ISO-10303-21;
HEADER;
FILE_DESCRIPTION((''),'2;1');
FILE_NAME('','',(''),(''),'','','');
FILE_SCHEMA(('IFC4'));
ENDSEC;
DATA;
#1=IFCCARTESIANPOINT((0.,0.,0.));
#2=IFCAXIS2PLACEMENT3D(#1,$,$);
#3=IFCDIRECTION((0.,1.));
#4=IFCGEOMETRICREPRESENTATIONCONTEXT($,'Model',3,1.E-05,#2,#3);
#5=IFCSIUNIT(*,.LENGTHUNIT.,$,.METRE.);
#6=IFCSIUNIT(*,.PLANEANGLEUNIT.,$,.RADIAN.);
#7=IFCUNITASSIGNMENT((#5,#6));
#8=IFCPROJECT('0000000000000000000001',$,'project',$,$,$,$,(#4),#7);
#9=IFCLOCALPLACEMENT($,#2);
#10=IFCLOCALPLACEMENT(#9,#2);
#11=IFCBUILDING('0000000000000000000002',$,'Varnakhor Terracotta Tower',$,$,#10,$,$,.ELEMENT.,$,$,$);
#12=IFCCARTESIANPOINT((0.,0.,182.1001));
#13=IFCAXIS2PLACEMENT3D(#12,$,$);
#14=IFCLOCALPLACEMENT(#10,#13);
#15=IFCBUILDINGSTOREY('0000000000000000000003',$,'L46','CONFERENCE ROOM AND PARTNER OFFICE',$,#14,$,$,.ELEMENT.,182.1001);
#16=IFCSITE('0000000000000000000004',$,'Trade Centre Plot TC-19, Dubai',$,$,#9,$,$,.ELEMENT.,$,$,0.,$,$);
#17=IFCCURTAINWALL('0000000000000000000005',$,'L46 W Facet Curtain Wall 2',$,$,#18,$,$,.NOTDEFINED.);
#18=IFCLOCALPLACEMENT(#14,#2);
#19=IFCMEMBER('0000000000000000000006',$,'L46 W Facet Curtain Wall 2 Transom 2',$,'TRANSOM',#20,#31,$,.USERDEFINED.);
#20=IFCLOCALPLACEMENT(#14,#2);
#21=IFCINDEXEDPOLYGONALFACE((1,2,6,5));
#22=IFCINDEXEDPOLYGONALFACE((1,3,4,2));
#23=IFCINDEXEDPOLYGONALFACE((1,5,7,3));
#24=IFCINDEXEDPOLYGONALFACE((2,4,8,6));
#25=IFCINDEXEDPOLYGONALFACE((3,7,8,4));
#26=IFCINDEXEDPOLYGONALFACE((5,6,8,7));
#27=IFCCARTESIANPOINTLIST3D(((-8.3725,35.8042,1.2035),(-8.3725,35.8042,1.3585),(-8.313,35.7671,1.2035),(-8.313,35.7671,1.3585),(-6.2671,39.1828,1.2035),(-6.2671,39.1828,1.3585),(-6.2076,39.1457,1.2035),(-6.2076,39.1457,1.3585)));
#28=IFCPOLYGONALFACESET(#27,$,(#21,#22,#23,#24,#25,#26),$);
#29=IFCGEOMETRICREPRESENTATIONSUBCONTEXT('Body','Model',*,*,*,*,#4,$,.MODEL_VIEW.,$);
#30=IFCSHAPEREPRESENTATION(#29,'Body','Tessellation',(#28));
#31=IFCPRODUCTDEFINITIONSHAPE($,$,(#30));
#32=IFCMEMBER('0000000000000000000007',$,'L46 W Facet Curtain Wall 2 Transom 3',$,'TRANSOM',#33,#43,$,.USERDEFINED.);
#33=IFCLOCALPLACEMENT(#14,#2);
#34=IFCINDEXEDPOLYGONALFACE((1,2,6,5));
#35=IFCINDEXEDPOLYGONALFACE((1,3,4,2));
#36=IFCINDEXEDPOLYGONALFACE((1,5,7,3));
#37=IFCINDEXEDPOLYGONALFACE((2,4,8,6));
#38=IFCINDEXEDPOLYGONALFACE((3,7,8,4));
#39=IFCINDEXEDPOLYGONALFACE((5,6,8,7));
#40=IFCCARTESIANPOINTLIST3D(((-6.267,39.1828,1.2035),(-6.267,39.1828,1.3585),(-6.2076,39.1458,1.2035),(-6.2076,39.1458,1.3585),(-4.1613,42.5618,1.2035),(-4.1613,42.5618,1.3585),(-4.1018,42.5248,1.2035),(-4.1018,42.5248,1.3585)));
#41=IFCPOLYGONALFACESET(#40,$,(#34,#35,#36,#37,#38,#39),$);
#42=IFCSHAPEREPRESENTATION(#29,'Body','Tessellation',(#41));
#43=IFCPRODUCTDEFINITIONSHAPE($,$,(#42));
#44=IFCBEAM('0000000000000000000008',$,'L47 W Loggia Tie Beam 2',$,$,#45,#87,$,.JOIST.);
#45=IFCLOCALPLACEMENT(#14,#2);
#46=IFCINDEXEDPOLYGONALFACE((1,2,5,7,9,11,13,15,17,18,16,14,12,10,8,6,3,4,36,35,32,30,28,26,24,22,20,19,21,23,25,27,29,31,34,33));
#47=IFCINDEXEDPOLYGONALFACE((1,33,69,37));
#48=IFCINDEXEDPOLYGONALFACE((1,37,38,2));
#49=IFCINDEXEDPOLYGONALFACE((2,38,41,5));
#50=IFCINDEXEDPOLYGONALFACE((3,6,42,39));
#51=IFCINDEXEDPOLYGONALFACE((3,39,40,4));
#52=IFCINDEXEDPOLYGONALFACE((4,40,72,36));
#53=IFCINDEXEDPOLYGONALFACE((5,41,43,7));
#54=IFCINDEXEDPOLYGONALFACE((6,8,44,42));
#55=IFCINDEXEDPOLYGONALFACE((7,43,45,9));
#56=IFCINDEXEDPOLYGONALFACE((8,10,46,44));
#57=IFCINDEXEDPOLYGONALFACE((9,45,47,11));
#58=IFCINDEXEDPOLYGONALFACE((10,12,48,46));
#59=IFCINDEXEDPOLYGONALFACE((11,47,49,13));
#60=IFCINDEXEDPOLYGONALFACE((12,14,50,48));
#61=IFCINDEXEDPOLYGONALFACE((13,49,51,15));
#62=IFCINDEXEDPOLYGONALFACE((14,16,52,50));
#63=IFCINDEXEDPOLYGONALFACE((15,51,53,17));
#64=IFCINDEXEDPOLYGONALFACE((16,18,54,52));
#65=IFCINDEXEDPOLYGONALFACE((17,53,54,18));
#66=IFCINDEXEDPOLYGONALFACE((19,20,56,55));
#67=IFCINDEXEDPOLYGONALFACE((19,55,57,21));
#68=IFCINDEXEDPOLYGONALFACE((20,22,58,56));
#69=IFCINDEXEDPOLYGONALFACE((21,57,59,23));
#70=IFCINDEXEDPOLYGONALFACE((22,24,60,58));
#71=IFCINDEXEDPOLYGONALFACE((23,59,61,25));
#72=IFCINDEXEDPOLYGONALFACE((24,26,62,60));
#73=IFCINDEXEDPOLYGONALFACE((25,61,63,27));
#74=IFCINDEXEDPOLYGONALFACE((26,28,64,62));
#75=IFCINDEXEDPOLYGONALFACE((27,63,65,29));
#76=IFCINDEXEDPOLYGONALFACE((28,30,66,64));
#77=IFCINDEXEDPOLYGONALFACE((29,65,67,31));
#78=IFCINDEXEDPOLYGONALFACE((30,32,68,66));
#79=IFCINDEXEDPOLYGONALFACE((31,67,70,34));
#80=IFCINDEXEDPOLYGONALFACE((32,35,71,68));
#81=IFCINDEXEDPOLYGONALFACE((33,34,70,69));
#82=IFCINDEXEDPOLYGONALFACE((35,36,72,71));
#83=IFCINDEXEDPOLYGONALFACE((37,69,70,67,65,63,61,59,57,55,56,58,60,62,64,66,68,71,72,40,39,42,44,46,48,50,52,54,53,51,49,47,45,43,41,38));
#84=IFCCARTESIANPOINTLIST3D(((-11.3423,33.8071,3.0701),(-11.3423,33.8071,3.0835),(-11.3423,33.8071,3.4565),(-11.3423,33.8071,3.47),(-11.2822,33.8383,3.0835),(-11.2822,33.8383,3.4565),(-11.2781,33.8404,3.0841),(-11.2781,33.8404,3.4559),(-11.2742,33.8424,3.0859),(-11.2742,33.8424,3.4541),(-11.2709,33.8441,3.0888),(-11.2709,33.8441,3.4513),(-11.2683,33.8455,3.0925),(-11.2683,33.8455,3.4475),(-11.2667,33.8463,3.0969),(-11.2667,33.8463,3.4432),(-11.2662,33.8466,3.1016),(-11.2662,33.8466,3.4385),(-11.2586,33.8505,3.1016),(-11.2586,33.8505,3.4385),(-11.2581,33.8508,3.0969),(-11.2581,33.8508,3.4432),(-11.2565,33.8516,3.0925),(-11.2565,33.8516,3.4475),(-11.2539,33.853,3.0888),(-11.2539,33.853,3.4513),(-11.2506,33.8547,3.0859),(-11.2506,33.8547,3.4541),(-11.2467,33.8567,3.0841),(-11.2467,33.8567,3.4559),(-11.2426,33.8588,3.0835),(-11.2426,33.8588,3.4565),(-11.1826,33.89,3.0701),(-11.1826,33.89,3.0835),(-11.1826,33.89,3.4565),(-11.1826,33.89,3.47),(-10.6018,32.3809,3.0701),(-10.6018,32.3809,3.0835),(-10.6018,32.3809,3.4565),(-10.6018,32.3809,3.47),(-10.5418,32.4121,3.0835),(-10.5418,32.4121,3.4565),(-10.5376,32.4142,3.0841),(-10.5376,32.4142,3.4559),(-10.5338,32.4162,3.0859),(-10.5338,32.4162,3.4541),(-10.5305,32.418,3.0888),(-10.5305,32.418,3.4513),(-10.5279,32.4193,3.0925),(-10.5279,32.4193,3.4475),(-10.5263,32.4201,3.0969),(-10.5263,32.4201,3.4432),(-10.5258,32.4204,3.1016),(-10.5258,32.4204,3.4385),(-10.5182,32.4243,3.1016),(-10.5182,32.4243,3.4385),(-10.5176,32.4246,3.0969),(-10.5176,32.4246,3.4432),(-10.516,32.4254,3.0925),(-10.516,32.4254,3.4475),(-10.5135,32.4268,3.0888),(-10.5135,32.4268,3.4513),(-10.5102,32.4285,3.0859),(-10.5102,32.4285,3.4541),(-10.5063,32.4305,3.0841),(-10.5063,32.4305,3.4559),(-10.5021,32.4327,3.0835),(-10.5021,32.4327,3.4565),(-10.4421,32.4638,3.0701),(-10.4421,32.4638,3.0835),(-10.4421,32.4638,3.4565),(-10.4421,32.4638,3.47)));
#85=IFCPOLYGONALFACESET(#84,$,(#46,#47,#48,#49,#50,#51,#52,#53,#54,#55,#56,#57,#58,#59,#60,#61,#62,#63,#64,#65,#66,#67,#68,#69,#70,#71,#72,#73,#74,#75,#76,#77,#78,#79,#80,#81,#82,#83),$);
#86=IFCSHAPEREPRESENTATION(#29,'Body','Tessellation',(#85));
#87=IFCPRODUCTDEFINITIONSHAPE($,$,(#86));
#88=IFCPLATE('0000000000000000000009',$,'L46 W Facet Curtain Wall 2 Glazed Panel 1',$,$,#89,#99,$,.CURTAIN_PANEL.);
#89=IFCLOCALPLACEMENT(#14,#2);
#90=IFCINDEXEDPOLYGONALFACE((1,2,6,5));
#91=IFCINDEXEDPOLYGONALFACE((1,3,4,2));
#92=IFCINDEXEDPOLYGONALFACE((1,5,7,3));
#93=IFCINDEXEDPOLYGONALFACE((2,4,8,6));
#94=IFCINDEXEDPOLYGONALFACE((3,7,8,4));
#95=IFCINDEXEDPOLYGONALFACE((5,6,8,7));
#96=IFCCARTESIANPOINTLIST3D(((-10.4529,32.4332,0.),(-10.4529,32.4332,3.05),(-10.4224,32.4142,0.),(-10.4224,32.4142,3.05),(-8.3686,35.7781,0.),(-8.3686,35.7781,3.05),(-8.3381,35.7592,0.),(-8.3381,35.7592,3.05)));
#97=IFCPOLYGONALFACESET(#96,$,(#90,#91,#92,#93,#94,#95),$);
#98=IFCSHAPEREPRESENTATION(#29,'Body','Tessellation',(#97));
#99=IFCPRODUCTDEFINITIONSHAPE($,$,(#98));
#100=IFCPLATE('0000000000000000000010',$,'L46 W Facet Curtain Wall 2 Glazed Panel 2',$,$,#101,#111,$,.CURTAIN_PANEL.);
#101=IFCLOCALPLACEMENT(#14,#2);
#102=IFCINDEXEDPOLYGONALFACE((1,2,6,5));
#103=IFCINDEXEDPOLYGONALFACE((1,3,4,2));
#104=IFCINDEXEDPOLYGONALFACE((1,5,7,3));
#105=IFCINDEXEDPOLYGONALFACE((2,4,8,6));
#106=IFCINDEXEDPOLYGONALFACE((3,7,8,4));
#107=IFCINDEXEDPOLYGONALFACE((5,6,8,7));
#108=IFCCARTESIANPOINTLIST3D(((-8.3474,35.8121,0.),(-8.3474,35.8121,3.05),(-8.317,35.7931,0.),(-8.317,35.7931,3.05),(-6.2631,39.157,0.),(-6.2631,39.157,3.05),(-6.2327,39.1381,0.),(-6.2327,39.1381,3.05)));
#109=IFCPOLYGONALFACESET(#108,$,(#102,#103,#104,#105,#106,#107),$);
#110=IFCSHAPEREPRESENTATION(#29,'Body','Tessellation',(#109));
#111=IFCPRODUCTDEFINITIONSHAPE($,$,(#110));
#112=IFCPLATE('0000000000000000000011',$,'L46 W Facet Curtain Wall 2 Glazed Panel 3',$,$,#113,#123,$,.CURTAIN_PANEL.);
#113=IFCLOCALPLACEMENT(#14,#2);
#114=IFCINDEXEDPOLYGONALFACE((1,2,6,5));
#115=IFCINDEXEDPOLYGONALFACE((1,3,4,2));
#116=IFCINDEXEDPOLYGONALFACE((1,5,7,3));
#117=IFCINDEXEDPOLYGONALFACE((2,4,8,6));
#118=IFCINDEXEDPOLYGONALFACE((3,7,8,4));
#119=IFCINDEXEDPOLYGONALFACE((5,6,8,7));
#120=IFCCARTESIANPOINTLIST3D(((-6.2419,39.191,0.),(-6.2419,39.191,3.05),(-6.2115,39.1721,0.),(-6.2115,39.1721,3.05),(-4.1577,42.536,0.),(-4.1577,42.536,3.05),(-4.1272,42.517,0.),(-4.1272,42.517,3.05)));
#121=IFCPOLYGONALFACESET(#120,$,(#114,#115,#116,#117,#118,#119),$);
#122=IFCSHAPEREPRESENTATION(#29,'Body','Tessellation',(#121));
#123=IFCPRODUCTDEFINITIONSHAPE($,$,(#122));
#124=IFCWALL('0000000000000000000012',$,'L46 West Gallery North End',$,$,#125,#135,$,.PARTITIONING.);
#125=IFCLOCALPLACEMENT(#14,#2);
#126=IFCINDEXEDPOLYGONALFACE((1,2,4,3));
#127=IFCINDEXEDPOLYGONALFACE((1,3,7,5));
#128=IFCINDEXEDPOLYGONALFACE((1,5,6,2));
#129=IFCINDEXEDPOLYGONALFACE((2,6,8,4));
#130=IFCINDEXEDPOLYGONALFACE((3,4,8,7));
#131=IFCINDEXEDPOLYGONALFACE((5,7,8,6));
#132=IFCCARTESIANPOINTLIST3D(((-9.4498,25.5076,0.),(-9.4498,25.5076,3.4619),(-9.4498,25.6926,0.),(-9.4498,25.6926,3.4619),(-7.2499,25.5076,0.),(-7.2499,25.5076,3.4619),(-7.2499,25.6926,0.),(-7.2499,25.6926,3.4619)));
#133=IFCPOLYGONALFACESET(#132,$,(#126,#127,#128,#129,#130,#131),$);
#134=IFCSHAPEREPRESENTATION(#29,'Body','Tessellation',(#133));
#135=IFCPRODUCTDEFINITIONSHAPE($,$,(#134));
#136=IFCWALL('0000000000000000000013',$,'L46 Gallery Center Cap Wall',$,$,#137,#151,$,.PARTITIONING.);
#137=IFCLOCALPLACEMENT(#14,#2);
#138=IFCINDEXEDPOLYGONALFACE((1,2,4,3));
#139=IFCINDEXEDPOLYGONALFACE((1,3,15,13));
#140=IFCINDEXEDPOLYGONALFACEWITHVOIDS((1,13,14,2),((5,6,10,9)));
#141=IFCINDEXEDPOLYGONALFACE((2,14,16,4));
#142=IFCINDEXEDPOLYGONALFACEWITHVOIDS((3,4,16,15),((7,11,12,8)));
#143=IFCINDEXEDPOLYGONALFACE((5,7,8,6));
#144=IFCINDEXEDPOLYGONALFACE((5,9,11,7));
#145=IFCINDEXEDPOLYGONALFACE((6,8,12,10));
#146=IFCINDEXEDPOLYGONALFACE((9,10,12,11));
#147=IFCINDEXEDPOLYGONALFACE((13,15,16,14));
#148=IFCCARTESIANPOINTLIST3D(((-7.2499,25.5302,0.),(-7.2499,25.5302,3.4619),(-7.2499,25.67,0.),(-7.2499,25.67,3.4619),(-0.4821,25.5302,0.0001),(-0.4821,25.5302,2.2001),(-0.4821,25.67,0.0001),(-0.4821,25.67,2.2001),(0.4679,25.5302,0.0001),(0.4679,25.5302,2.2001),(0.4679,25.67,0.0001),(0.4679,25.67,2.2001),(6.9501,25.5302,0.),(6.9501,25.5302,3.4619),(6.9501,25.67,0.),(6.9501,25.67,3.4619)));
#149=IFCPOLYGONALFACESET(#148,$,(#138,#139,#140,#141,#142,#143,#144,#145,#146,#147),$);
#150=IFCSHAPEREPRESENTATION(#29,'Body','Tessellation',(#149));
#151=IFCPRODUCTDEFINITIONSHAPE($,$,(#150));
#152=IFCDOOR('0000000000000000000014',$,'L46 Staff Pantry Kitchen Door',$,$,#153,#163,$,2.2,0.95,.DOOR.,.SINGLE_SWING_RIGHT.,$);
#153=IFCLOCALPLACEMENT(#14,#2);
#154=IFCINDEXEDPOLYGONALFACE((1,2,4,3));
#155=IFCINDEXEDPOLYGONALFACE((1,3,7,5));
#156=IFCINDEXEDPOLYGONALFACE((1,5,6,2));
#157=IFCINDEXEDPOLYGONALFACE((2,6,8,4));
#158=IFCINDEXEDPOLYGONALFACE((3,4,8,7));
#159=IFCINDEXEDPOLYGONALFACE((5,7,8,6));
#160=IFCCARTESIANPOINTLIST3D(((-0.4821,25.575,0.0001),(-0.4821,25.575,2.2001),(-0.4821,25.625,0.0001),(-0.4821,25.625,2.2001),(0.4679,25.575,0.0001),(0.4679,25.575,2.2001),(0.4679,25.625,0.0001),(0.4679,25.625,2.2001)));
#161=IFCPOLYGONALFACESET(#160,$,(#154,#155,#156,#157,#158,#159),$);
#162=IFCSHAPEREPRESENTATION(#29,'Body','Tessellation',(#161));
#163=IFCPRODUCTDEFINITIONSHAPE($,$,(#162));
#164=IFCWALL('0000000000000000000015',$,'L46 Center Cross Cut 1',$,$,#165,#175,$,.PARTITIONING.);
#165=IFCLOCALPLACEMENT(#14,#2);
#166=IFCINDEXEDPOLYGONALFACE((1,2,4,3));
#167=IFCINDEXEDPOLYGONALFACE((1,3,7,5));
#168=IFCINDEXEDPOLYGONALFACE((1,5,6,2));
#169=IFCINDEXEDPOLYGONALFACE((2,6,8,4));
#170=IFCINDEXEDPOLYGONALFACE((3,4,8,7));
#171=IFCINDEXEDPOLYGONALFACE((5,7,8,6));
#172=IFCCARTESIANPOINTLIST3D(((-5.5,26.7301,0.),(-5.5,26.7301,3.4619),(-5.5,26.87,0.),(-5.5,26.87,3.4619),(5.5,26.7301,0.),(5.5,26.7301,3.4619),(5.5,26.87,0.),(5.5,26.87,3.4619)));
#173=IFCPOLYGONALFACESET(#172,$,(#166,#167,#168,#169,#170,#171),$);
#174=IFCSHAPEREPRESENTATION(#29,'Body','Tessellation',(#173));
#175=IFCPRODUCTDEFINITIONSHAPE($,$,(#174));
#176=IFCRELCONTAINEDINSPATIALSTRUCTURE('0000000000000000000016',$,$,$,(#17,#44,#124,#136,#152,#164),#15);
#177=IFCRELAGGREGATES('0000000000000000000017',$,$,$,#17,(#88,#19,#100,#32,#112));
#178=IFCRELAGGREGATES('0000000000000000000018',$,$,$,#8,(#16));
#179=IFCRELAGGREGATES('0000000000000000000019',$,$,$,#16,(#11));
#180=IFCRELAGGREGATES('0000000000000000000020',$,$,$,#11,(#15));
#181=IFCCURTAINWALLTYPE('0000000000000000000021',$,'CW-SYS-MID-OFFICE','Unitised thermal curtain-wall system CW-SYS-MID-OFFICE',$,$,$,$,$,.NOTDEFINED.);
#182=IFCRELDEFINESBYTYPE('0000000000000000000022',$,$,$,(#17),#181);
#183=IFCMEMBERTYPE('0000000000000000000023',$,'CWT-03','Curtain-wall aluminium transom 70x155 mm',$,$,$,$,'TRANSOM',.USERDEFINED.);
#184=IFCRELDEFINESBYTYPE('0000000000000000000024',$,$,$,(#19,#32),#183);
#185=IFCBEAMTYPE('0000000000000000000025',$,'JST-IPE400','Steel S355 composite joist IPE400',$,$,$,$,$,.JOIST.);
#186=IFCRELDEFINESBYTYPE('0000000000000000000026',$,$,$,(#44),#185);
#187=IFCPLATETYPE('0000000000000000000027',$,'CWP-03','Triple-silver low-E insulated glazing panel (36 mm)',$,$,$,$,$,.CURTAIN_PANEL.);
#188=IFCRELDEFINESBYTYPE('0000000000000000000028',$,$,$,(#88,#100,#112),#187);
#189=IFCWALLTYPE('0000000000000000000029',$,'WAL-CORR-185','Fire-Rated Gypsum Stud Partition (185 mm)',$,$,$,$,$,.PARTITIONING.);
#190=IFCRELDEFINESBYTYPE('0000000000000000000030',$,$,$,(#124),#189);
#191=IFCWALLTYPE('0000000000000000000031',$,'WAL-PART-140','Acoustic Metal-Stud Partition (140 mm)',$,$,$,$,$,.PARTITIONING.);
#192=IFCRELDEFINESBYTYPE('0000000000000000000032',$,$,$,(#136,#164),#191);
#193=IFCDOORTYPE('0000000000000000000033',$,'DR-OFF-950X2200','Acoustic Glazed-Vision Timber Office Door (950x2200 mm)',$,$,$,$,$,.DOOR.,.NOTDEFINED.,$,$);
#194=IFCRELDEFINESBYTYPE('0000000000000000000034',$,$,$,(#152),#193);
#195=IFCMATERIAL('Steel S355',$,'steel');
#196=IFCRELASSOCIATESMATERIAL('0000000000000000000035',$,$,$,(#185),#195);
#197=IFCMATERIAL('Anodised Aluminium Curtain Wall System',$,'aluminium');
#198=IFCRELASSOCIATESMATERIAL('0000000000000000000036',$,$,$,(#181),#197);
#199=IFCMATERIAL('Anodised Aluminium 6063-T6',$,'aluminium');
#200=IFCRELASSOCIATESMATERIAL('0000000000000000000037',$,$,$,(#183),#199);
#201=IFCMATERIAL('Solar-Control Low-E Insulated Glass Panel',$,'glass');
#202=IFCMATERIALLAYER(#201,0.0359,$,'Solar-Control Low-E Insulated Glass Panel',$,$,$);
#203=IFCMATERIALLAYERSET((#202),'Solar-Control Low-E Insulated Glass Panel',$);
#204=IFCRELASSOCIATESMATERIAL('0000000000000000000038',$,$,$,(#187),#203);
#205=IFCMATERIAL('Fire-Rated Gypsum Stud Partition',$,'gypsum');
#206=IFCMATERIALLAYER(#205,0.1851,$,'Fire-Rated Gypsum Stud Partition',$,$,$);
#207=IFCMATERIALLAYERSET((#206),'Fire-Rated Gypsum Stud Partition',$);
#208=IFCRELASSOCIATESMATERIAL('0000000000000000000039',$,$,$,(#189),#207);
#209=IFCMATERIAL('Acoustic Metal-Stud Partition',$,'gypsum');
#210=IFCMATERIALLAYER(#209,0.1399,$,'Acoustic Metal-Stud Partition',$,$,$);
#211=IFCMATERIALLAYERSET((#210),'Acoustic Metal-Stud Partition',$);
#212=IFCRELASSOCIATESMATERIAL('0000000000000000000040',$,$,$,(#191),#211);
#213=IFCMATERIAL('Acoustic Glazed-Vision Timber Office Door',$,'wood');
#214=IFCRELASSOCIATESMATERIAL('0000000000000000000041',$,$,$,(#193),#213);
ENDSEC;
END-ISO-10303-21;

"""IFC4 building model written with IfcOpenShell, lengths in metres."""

from ifc_helpers import new_model, si_unit, direction, frame, frame_2d, origin, origin_2d, place, context, subcontext, project, spatial, rectangle, i_section, extrude, source, transform, mapped, material, layer, layer_set, material_profile, profile_set, type_object, type_shapes, element, fill, aggregate, save


model = new_model("IFC4")

# Units and contexts
model_context = context("Model", 3, precision=1e-05, world=origin(), true_north=direction((0.0, 1.0)))
body_context = subcontext(model_context, "Body", "Model", "MODEL_VIEW")
ifc_project = project(units=[si_unit("LENGTHUNIT", "METRE"), si_unit("PLANEANGLEUNIT", "RADIAN")], contexts=[model_context])

# Site, building, storey
site_placement = place(None, origin())
site = spatial("IfcSite", under=ifc_project, at=site_placement, Name="Trade Centre Plot TC-19, Dubai", CompositionType="ELEMENT", RefElevation=0.0)
building_placement = place(site_placement, origin())
building = spatial("IfcBuilding", under=site, at=building_placement, Name="Varnakhor Terracotta Tower", CompositionType="ELEMENT")
storey_placement = place(building_placement, frame((0.0, 0.0, 182.1001)))
storey = spatial("IfcBuildingStorey", under=building, at=storey_placement, Name="L46", Description="CONFERENCE ROOM AND PARTNER OFFICE", CompositionType="ELEMENT", Elevation=182.1001)

# Shared definitions
ifc_material_1 = material(Name="Steel S355", Category="steel")
ifc_material_profile_1 = material_profile(ifc_material_1, i_section(OverallWidth=0.1799, OverallDepth=0.3999, WebThickness=0.0085, FlangeThickness=0.0134, FilletRadius=0.0181, at=origin_2d()), Name="IPE400")
ifc_profile_set_1 = profile_set([ifc_material_profile_1], Name="Steel S355")
beam_type_1 = type_object("IfcBeamType", Name="JST-IPE400", Description="Steel S355 composite joist IPE400", PredefinedType="JOIST", material=ifc_profile_set_1)

# Curtain wall
ifc_material_2 = material(Name="Anodised Aluminium Curtain Wall System", Category="aluminium")
curtain_wall_type = type_object("IfcCurtainWallType", Name="CW-SYS-MID-OFFICE", Description="Unitised thermal curtain-wall system CW-SYS-MID-OFFICE", PredefinedType="NOTDEFINED", material=ifc_material_2)
curtain_wall_1_placement = place(storey_placement, origin())
curtain_wall_1 = element("IfcCurtainWall", 1, at=curtain_wall_1_placement, inside=storey, type_object=curtain_wall_type, Name="L46 W Facet Curtain Wall 2", PredefinedType="NOTDEFINED")
ifc_material_3 = material(Name="Anodised Aluminium 6063-T6", Category="aluminium")
ifc_material_profile_2 = material_profile(ifc_material_3, rectangle(XDim=0.0701, YDim=0.155, at=origin_2d()), Name="ALU TRANSOM 70x155")
ifc_profile_set_2 = profile_set([ifc_material_profile_2], Name="Anodised Aluminium 6063-T6")
member_type_1 = type_object("IfcMemberType", Name="CWT-03", Description="Curtain-wall aluminium transom 70x155 mm", ElementType="TRANSOM", PredefinedType="USERDEFINED", material=ifc_profile_set_2)

# Members
shared_shape_1 = source(origin(), body_context, "Body", "SweptSolid", [
    extrude(rectangle(XDim=0.0701, YDim=0.155, at=origin_2d()), origin(), (0.0, 0.0, 1.0), 3.981),
])
member_1_placement = place(storey_placement, frame((-8.3428, 35.7856, 1.281), z_axis=(0.528879, 0.848697, 0.0), x_axis=(-0.848697, 0.528879, 0.0)))
member_1 = element("IfcMember", 2, at=member_1_placement, type_object=member_type_1, Name="L46 W Facet Curtain Wall 2 Transom 2", ObjectType="TRANSOM", PredefinedType="USERDEFINED", context=body_context, shape_type="MappedRepresentation", body=[
    mapped(shared_shape_1, transform((0.0, 0.0, 0.0), scale=1.0)),
])
shared_shape_2 = source(origin(), body_context, "Body", "SweptSolid", [
    extrude(rectangle(XDim=0.0701, YDim=0.155, at=origin_2d()), origin(), (0.0, 0.0, 1.0), 3.9814),
])
member_2_placement = place(storey_placement, frame((-6.2373, 39.1643, 1.281), z_axis=(0.528896, 0.848687, 0.0), x_axis=(-0.848687, 0.528896, 0.0)))
member_2 = element("IfcMember", 3, at=member_2_placement, type_object=member_type_1, Name="L46 W Facet Curtain Wall 2 Transom 3", ObjectType="TRANSOM", PredefinedType="USERDEFINED", context=body_context, shape_type="MappedRepresentation", body=[
    mapped(shared_shape_2, transform((0.0, 0.0, 0.0), scale=1.0)),
])

# Beam
shared_shape_3 = source(origin(), body_context, "Body", "SweptSolid", [
    extrude(i_section(OverallWidth=0.1799, OverallDepth=0.3999, WebThickness=0.0085, FlangeThickness=0.0134, FilletRadius=0.0181, at=origin_2d()), origin(), (0.0, 0.0, 1.0), 1.6069),
])
beam_1_placement = place(storey_placement, frame((-10.522, 32.4224, 3.27), z_axis=(-0.460774, 0.887518, 0.0), x_axis=(-0.887518, -0.460774, 0.0)))
element("IfcBeam", 4, at=beam_1_placement, inside=storey, type_object=beam_type_1, Name="L47 W Loggia Tie Beam 2", PredefinedType="JOIST", context=body_context, shape_type="MappedRepresentation", body=[
    mapped(shared_shape_3, transform((0.0, 0.0, 0.0), scale=1.0)),
])

# Plates
ifc_material_4 = material(Name="Solar-Control Low-E Insulated Glass Panel", Category="glass")
ifc_layer_1 = layer(ifc_material_4, 0.0359, Name="Solar-Control Low-E Insulated Glass Panel")
ifc_layer_set_1 = layer_set([ifc_layer_1], Name="Solar-Control Low-E Insulated Glass Panel")
plate_type = type_object("IfcPlateType", Name="CWP-03", Description="Triple-silver low-E insulated glazing panel (36 mm)", PredefinedType="CURTAIN_PANEL", material=ifc_layer_set_1)
shared_shape_4 = source(origin(), body_context, "Body", "SweptSolid", [
    extrude(rectangle(XDim=3.9412, YDim=0.0359, at=origin_2d()), origin(), (0.0, 0.0, 1.0), 3.05),
])
plate_1_placement = place(storey_placement, frame((-9.3955, 34.0962, 0.0), z_axis=(0.0, 0.0, 1.0), x_axis=(0.528853, 0.848713, 0.0)))
plate_1 = element("IfcPlate", 5, at=plate_1_placement, type_object=plate_type, Name="L46 W Facet Curtain Wall 2 Glazed Panel 1", PredefinedType="CURTAIN_PANEL", context=body_context, shape_type="MappedRepresentation", body=[
    mapped(shared_shape_4, transform((0.0, 0.0, 0.0), scale=1.0)),
])
plate_2_placement = place(storey_placement, frame((-7.29, 37.4751, 0.0), z_axis=(0.0, 0.0, 1.0), x_axis=(0.528853, 0.848713, 0.0)))
plate_2 = element("IfcPlate", 6, at=plate_2_placement, type_object=plate_type, Name="L46 W Facet Curtain Wall 2 Glazed Panel 2", PredefinedType="CURTAIN_PANEL", context=body_context, shape_type="MappedRepresentation", body=[
    mapped(shared_shape_4, transform((0.0, 0.0, 0.0), scale=1.0)),
])
plate_3_placement = place(storey_placement, frame((-5.1846, 40.854, 0.0), z_axis=(0.0, 0.0, 1.0), x_axis=(0.528853, 0.848713, 0.0)))
plate_3 = element("IfcPlate", 7, at=plate_3_placement, type_object=plate_type, Name="L46 W Facet Curtain Wall 2 Glazed Panel 3", PredefinedType="CURTAIN_PANEL", context=body_context, shape_type="MappedRepresentation", body=[
    mapped(shared_shape_4, transform((0.0, 0.0, 0.0), scale=1.0)),
])
aggregate(curtain_wall_1, [plate_1, member_1, plate_2, member_2, plate_3])

# Wall
ifc_material_5 = material(Name="Fire-Rated Gypsum Stud Partition", Category="gypsum")
ifc_layer_2 = layer(ifc_material_5, 0.1851, Name="Fire-Rated Gypsum Stud Partition")
ifc_layer_set_2 = layer_set([ifc_layer_2], Name="Fire-Rated Gypsum Stud Partition")
wall_type_1 = type_object("IfcWallType", Name="WAL-CORR-185", Description="Fire-Rated Gypsum Stud Partition (185 mm)", PredefinedType="PARTITIONING", material=ifc_layer_set_2)
wall_1_placement = place(storey_placement, frame((-9.45, 25.6001, 0.0), z_axis=(0.0, 0.0, 1.0), x_axis=(1.0, 0.0, 0.0)))
element("IfcWall", 8, at=wall_1_placement, inside=storey, type_object=wall_type_1, Name="L46 West Gallery North End", PredefinedType="PARTITIONING", context=body_context, shape_type="SweptSolid", body=[
    extrude(rectangle(XDim=2.2, YDim=0.1851, at=frame_2d((1.1001, 0.0))), origin(), (0.0, 0.0, 1.0), 3.4619),
])

# Wall, opening, door
ifc_material_6 = material(Name="Acoustic Metal-Stud Partition", Category="gypsum")
ifc_layer_3 = layer(ifc_material_6, 0.1399, Name="Acoustic Metal-Stud Partition")
ifc_layer_set_3 = layer_set([ifc_layer_3], Name="Acoustic Metal-Stud Partition")
wall_type_2 = type_object("IfcWallType", Name="WAL-PART-140", Description="Acoustic Metal-Stud Partition (140 mm)", PredefinedType="PARTITIONING", material=ifc_layer_set_3)
wall_2_placement = place(storey_placement, frame((-7.25, 25.6001, 0.0), z_axis=(0.0, 0.0, 1.0), x_axis=(1.0, 0.0, 0.0)))
wall_2 = element("IfcWall", 9, at=wall_2_placement, inside=storey, type_object=wall_type_2, Name="L46 Gallery Center Cap Wall", PredefinedType="PARTITIONING", context=body_context, shape_type="SweptSolid", body=[
    extrude(rectangle(XDim=14.2, YDim=0.1399, at=frame_2d((7.1001, 0.0))), origin(), (0.0, 0.0, 1.0), 3.4619),
])
opening_placement = place(wall_2_placement, frame((6.7678, 0.0, 0.0)))
opening = element("IfcOpeningElement", 10, at=opening_placement, cuts=wall_2, PredefinedType="OPENING", context=body_context, shape_type="SweptSolid", body=[
    extrude(rectangle(XDim=0.95, YDim=2.2, at=frame_2d((0.4751, 1.1001))), frame((0.0, 0.0801, 0.0), z_axis=(0.0, -1.0, 0.0), x_axis=(1.0, 0.0, 0.0)), (0.0, 0.0, 1.0), 0.1599),
])
ifc_material_7 = material(Name="Acoustic Glazed-Vision Timber Office Door", Category="wood")
door_type = type_object("IfcDoorType", Name="DR-OFF-950X2200", Description="Acoustic Glazed-Vision Timber Office Door (950x2200 mm)", OperationType="NOTDEFINED", PredefinedType="DOOR", material=ifc_material_7)
shared_shape_5 = source(origin(), body_context, "Body", "SweptSolid", [
    extrude(rectangle(XDim=0.95, YDim=2.2, at=frame_2d((0.4751, 1.1001))), frame((0.0, 0.0249, 0.0), z_axis=(0.0, -1.0, 0.0), x_axis=(1.0, 0.0, 0.0)), (0.0, 0.0, 1.0), 0.05),
])
type_shapes(door_type, [shared_shape_5])
door_placement = place(opening_placement, origin())
door = element("IfcDoor", 11, at=door_placement, inside=storey, type_object=door_type, Name="L46 Staff Pantry Kitchen Door", OperationType="SINGLE_SWING_RIGHT", OverallHeight=2.2, OverallWidth=0.95, PredefinedType="DOOR", context=body_context, shape_type="MappedRepresentation", body=[
    mapped(shared_shape_5, transform((0.0, 0.0, 0.0), scale=1.0)),
])
fill(opening, door)

# Wall
wall_3_placement = place(storey_placement, frame((-5.5, 26.8, 0.0), z_axis=(0.0, 0.0, 1.0), x_axis=(1.0, 0.0, 0.0)))
element("IfcWall", 12, at=wall_3_placement, inside=storey, type_object=wall_type_2, Name="L46 Center Cross Cut 1", PredefinedType="PARTITIONING", context=body_context, shape_type="SweptSolid", body=[
    extrude(rectangle(XDim=11.0, YDim=0.1399, at=frame_2d((5.5, 0.0))), origin(), (0.0, 0.0, 1.0), 3.4619),
])

save(model, "model.ifc")
